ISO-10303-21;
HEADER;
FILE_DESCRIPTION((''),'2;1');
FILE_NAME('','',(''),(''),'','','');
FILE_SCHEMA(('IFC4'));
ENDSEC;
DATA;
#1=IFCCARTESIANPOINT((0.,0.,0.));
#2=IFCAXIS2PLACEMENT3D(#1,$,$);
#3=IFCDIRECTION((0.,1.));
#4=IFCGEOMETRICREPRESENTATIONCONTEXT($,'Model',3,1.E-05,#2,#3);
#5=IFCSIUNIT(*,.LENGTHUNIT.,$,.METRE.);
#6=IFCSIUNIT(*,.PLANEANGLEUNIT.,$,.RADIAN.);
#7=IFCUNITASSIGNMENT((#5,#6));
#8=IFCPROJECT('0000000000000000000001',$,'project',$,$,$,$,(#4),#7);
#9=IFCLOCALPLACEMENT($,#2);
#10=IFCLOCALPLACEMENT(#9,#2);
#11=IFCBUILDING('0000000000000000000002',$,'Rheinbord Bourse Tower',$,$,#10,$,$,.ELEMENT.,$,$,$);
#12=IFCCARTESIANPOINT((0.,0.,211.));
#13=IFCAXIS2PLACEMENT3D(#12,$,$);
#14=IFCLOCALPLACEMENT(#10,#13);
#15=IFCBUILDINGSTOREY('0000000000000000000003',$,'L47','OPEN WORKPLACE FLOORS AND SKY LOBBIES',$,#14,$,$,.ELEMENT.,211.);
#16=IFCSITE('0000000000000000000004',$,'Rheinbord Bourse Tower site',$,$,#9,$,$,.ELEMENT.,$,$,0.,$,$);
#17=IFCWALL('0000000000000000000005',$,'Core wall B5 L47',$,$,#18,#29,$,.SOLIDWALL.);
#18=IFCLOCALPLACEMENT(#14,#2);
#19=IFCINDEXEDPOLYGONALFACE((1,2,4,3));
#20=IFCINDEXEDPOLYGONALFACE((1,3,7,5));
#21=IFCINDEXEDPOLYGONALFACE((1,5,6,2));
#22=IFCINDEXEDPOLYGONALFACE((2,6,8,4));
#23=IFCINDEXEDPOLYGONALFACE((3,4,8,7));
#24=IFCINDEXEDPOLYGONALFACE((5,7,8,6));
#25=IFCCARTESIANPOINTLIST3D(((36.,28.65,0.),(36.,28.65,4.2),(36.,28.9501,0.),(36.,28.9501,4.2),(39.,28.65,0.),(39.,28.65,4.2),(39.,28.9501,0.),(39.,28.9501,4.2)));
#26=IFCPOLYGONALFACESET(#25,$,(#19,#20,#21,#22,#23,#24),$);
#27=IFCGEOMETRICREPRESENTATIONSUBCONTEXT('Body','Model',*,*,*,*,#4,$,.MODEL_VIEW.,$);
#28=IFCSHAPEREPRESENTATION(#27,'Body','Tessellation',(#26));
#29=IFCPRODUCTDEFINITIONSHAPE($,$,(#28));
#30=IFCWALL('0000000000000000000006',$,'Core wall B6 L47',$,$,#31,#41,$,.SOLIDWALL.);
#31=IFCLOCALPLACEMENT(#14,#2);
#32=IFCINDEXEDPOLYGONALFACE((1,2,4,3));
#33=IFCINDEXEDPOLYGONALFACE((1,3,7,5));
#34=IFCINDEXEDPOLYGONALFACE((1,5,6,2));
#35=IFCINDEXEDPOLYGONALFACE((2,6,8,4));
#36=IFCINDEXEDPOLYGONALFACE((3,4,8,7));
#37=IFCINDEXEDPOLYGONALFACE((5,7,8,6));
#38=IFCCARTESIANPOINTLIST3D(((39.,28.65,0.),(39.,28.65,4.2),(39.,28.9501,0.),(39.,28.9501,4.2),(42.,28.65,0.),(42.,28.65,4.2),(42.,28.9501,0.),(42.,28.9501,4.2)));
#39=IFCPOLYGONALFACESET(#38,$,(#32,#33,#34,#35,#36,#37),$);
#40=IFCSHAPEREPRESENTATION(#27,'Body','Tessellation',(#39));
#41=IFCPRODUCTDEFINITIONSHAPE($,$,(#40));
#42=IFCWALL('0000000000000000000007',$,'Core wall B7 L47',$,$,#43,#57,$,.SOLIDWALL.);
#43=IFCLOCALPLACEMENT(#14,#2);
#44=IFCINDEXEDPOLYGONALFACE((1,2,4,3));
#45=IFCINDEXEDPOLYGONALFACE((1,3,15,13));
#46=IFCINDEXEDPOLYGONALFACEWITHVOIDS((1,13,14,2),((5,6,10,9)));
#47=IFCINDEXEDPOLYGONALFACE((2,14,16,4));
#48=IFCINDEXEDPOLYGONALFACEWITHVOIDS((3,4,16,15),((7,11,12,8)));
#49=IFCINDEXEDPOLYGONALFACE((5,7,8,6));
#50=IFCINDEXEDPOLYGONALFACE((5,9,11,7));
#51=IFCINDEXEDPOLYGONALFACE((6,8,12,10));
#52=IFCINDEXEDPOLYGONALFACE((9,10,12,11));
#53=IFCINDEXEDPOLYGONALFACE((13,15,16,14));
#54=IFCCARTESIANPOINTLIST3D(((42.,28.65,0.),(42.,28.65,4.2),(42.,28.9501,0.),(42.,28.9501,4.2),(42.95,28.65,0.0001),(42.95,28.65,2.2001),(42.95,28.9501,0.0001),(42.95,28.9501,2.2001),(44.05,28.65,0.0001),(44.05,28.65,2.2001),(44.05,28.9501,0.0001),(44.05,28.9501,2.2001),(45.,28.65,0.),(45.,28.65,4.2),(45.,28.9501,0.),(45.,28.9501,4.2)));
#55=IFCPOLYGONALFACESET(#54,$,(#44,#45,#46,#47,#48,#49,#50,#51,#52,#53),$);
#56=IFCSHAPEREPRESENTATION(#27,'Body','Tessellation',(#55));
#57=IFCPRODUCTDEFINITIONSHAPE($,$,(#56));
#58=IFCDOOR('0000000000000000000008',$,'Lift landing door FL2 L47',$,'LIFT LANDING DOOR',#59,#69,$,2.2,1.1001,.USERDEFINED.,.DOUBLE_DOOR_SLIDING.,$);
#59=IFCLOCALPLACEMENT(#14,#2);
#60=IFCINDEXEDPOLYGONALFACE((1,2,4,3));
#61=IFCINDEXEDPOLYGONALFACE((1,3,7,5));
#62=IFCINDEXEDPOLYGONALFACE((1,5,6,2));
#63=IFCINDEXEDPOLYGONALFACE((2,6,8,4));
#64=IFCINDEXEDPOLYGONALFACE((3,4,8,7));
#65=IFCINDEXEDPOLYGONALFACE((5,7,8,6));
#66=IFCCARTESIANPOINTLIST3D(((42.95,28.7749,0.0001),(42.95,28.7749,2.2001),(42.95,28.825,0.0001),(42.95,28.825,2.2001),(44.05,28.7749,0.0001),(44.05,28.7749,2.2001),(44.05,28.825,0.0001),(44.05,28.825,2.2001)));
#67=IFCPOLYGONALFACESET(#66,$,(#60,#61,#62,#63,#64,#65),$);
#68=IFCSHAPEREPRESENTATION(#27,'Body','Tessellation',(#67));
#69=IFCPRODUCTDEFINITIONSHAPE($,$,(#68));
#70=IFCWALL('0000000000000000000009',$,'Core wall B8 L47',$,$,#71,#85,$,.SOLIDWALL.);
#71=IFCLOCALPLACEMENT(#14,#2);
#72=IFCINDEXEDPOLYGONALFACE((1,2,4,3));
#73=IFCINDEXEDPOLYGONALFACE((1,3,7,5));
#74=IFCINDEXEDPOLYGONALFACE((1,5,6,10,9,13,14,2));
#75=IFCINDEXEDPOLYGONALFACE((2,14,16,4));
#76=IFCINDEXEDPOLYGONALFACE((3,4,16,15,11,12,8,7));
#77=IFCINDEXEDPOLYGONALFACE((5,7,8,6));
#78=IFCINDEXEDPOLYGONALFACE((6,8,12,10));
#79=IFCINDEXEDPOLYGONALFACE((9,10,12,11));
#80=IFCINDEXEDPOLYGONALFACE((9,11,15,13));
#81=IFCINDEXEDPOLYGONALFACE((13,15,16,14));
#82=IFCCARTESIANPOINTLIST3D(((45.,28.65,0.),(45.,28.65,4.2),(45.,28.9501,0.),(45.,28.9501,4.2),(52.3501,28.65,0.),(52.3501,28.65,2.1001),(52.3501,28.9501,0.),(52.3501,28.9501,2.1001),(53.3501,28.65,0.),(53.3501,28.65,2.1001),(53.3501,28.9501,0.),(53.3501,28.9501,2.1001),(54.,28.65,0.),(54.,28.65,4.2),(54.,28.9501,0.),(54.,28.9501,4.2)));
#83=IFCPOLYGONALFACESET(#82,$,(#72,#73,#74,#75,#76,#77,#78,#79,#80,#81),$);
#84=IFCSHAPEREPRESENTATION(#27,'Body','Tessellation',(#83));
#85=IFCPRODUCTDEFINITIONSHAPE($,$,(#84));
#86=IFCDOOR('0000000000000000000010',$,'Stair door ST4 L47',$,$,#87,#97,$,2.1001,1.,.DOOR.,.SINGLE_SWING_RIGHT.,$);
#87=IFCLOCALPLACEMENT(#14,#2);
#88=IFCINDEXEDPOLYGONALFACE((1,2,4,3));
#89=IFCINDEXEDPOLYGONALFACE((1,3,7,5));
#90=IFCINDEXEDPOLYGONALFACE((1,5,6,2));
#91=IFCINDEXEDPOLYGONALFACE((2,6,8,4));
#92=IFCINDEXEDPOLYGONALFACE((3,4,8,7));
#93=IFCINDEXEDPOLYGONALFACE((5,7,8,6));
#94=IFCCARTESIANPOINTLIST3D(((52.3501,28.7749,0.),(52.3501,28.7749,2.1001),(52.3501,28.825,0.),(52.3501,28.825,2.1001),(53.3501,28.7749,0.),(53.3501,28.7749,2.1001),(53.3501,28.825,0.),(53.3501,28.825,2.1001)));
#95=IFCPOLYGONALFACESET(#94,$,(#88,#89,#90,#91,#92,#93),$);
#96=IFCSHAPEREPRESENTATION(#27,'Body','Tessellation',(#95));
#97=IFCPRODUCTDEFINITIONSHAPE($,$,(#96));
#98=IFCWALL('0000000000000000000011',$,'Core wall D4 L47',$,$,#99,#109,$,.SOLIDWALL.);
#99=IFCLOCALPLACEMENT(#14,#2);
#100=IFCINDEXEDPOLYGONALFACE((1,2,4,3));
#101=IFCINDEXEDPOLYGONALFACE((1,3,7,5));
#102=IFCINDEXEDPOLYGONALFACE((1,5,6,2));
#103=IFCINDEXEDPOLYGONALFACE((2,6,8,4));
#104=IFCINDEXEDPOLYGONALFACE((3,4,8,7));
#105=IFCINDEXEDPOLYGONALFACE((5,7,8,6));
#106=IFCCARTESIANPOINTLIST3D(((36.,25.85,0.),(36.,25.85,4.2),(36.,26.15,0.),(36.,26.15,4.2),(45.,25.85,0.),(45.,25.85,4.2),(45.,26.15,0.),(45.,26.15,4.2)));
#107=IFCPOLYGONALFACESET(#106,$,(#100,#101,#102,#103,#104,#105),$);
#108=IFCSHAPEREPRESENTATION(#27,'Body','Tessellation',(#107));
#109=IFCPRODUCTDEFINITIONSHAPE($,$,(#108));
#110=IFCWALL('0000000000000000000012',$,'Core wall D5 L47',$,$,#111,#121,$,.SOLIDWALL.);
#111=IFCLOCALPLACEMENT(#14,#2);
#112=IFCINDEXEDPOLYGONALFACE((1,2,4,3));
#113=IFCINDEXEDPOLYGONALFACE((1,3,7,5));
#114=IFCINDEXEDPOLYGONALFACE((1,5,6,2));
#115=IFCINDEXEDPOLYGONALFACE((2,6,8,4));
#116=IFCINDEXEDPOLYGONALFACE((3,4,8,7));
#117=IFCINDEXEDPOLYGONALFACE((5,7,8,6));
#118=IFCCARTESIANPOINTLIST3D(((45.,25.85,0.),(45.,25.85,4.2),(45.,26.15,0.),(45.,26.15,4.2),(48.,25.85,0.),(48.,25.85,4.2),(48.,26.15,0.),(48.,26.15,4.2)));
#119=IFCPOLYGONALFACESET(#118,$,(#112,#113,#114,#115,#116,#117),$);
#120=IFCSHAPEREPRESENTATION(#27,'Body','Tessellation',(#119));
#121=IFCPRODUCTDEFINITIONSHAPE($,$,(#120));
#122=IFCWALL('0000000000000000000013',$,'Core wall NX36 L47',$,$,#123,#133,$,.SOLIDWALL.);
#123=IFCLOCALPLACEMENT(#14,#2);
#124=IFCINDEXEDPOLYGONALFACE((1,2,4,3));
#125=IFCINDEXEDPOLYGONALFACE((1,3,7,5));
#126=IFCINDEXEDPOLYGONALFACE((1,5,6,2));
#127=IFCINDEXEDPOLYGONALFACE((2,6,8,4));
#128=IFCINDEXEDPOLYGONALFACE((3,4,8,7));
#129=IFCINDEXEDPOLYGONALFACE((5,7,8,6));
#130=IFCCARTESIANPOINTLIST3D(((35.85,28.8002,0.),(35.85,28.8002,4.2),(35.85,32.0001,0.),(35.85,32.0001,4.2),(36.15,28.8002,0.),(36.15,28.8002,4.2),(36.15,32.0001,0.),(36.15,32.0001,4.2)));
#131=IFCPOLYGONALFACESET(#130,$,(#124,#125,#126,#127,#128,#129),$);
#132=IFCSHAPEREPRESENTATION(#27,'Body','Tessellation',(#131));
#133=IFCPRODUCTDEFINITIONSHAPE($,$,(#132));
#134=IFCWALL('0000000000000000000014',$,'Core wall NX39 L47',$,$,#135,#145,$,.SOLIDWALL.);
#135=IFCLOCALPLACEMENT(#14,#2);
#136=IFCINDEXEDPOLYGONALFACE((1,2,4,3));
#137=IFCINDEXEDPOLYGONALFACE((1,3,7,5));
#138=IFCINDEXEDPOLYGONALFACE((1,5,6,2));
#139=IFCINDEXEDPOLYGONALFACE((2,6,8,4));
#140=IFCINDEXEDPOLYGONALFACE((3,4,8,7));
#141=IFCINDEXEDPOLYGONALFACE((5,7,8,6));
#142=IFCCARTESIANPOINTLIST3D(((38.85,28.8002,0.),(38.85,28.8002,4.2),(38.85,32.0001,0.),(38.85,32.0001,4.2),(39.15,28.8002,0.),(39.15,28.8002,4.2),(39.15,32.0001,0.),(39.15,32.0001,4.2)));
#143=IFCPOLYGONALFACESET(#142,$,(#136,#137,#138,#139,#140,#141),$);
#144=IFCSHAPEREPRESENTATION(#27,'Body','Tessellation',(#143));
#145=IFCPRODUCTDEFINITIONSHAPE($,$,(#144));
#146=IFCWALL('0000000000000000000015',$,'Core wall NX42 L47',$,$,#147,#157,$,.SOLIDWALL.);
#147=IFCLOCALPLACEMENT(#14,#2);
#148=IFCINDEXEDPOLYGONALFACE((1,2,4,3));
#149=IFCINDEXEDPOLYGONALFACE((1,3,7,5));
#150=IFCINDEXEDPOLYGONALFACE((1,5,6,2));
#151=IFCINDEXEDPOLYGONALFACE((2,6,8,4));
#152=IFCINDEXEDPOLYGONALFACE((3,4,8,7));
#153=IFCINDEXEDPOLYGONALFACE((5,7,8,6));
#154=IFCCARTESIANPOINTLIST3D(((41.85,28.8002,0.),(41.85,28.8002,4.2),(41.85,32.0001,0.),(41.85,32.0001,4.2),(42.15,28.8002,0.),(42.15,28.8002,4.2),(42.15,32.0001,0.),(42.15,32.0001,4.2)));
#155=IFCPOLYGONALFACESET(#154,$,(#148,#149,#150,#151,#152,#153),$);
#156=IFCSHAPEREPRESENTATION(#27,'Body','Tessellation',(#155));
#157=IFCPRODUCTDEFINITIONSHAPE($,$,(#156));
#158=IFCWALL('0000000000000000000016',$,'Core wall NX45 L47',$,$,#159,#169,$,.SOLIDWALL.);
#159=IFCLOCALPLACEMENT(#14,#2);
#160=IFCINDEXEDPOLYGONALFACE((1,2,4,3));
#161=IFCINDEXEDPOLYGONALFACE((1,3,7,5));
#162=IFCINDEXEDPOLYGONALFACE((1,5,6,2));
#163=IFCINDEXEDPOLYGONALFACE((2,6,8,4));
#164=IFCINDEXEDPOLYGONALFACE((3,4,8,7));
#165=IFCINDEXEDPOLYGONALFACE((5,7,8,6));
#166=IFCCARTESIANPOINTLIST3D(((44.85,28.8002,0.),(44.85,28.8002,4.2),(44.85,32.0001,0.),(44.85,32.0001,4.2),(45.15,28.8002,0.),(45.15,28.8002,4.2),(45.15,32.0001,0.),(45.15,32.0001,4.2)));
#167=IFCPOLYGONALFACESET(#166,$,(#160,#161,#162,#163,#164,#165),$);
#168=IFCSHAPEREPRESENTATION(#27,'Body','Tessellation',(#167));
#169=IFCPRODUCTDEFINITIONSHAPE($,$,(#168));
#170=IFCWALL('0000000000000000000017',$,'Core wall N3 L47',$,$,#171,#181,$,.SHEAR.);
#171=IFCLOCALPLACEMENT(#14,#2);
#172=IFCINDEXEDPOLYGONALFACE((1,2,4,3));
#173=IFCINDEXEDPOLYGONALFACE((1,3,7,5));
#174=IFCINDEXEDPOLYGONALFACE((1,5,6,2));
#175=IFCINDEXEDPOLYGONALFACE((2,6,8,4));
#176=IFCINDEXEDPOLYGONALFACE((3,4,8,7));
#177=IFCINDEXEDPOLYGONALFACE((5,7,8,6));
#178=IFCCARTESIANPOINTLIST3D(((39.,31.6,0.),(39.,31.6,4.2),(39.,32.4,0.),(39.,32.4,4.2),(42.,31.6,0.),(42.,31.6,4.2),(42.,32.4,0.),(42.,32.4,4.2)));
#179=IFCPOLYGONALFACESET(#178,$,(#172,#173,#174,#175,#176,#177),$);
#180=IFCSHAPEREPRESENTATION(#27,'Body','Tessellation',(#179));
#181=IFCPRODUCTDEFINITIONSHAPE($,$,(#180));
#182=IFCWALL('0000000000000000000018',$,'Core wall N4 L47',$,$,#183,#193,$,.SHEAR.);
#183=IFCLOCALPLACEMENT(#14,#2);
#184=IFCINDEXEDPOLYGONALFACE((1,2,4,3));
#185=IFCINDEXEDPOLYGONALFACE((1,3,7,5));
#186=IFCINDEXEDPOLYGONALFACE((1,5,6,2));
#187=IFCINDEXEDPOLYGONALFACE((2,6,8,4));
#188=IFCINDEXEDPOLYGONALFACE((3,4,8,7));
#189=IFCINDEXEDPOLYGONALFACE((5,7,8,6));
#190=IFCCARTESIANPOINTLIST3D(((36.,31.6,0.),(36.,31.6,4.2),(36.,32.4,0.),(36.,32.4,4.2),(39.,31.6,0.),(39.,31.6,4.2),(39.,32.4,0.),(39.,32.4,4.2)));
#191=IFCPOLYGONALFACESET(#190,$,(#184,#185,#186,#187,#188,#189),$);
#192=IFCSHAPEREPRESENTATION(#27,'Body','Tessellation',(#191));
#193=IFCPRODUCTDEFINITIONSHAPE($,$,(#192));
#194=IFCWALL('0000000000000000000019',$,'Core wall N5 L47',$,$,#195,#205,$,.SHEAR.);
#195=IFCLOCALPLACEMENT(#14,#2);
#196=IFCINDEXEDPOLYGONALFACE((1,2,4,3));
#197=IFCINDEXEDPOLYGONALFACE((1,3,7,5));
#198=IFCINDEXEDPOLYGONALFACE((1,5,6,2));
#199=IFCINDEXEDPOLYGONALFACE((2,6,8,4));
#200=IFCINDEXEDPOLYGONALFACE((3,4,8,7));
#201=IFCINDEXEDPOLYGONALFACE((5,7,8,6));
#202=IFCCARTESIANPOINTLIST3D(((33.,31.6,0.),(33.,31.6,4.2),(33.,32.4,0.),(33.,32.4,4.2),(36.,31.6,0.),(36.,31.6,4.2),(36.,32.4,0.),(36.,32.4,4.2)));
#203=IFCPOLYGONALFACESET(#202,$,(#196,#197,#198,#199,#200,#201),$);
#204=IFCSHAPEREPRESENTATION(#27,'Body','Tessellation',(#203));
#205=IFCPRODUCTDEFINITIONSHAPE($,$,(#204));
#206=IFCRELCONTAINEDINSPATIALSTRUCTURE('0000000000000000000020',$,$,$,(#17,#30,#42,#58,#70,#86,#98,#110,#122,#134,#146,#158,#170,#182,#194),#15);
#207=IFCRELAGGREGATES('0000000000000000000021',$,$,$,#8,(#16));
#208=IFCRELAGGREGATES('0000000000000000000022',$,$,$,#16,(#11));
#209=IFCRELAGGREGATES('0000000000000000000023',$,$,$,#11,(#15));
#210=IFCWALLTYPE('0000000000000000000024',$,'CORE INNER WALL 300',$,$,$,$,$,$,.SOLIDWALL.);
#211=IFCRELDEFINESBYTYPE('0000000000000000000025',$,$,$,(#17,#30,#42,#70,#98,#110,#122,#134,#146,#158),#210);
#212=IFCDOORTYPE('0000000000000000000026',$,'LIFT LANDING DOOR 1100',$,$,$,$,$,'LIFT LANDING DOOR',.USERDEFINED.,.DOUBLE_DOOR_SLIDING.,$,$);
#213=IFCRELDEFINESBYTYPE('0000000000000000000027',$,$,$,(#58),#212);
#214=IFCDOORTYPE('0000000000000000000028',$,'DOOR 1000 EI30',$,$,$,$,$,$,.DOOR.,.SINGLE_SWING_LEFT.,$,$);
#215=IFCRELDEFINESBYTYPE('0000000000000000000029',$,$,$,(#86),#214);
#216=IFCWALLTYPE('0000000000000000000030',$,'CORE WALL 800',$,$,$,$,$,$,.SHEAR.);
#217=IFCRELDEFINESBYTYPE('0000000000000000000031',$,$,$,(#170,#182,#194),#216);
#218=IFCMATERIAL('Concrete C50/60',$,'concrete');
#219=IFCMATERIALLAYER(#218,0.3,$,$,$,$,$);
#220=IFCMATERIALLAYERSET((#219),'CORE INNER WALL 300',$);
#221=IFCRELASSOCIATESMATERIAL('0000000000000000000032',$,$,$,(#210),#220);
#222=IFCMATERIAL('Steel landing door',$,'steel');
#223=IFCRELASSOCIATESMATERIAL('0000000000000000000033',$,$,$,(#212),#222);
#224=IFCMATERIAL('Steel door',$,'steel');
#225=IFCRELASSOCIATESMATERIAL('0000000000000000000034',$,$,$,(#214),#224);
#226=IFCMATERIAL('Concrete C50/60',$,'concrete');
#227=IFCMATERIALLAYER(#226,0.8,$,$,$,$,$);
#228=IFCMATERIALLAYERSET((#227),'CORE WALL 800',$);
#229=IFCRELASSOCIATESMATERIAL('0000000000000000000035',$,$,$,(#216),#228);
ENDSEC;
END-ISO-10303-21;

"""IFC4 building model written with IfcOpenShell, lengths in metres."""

from ifc_helpers import new_model, si_unit, direction, frame, frame_2d, origin, place, context, subcontext, project, spatial, rectangle, extrude, material, layer, layer_set, type_object, element, fill, save


model = new_model("IFC4")

# Units and contexts
model_context = context("Model", 3, precision=1e-05, world=origin(), true_north=direction((0.0, 1.0)))
body_context = subcontext(model_context, "Body", "Model", "MODEL_VIEW")
ifc_project = project(units=[si_unit("LENGTHUNIT", "METRE"), si_unit("PLANEANGLEUNIT", "RADIAN")], contexts=[model_context])

# Site, building, storey
site_placement = place(None, origin())
site = spatial("IfcSite", under=ifc_project, at=site_placement, Name="Rheinbord Bourse Tower site", CompositionType="ELEMENT", RefElevation=0.0)
building_placement = place(site_placement, origin())
building = spatial("IfcBuilding", under=site, at=building_placement, Name="Rheinbord Bourse Tower", CompositionType="ELEMENT")
storey_placement = place(building_placement, frame((0.0, 0.0, 211.0)))
storey = spatial("IfcBuildingStorey", under=building, at=storey_placement, Name="L47", Description="OPEN WORKPLACE FLOORS AND SKY LOBBIES", CompositionType="ELEMENT", Elevation=211.0)

# Walls
ifc_material_1 = material(Name="Concrete C50/60", Category="concrete")
ifc_layer_1 = layer(ifc_material_1, 0.3)
ifc_layer_set_1 = layer_set([ifc_layer_1], Name="CORE INNER WALL 300")
wall_type_1 = type_object("IfcWallType", Name="CORE INNER WALL 300", PredefinedType="SOLIDWALL", material=ifc_layer_set_1)
for number, where, z_axis, x_axis, name in (
    (1, (36.0, 28.8, 0.0), (0.0, 0.0, 1.0), (1.0, 0.0, 0.0), "Core wall B5 L47"),
    (2, (39.0, 28.8, 0.0), (0.0, 0.0, 1.0), (1.0, 0.0, 0.0), "Core wall B6 L47"),
):
    element("IfcWall", number, at=place(storey_placement, frame(where, z_axis=z_axis, x_axis=x_axis)), inside=storey, type_object=wall_type_1, Name=name, PredefinedType="SOLIDWALL", context=body_context, shape_type="SweptSolid", body=[
        extrude(rectangle(XDim=3.0, YDim=0.3, at=frame_2d((1.5, 0.0))), origin(), (0.0, 0.0, 1.0), 4.2),
    ])

# Walls, openings, doors
wall_1_placement = place(storey_placement, frame((42.0, 28.8, 0.0), z_axis=(0.0, 0.0, 1.0), x_axis=(1.0, 0.0, 0.0)))
wall_1 = element("IfcWall", 3, at=wall_1_placement, inside=storey, type_object=wall_type_1, Name="Core wall B7 L47", PredefinedType="SOLIDWALL", context=body_context, shape_type="SweptSolid", body=[
    extrude(rectangle(XDim=3.0, YDim=0.3, at=frame_2d((1.5, 0.0))), origin(), (0.0, 0.0, 1.0), 4.2),
])
opening_1_placement = place(wall_1_placement, frame((0.95, 0.0, 0.0)))
opening_1 = element("IfcOpeningElement", 4, at=opening_1_placement, cuts=wall_1, PredefinedType="OPENING", context=body_context, shape_type="SweptSolid", body=[
    extrude(rectangle(XDim=1.1001, YDim=2.2, at=frame_2d((0.55, 1.1001))), frame((0.0, 0.1599, 0.0), z_axis=(0.0, -1.0, 0.0), x_axis=(1.0, 0.0, 0.0)), (0.0, 0.0, 1.0), 0.3201),
])
ifc_material_2 = material(Name="Steel landing door", Category="steel")
door_type_1 = type_object("IfcDoorType", Name="LIFT LANDING DOOR 1100", ElementType="LIFT LANDING DOOR", OperationType="DOUBLE_DOOR_SLIDING", PredefinedType="USERDEFINED", material=ifc_material_2)
door_1_placement = place(opening_1_placement, origin())
door_1 = element("IfcDoor", 5, at=door_1_placement, inside=storey, type_object=door_type_1, Name="Lift landing door FL2 L47", ObjectType="LIFT LANDING DOOR", OperationType="DOUBLE_DOOR_SLIDING", OverallHeight=2.2, OverallWidth=1.1001, PredefinedType="USERDEFINED", context=body_context, shape_type="SweptSolid", body=[
    extrude(rectangle(XDim=1.1001, YDim=2.2, at=frame_2d((0.55, 1.1001))), frame((0.0, 0.0249, 0.0), z_axis=(0.0, -1.0, 0.0), x_axis=(1.0, 0.0, 0.0)), (0.0, 0.0, 1.0), 0.05),
])
fill(opening_1, door_1)
wall_2_placement = place(storey_placement, frame((45.0, 28.8, 0.0), z_axis=(0.0, 0.0, 1.0), x_axis=(1.0, 0.0, 0.0)))
wall_2 = element("IfcWall", 6, at=wall_2_placement, inside=storey, type_object=wall_type_1, Name="Core wall B8 L47", PredefinedType="SOLIDWALL", context=body_context, shape_type="SweptSolid", body=[
    extrude(rectangle(XDim=9.0, YDim=0.3, at=frame_2d((4.5, 0.0))), origin(), (0.0, 0.0, 1.0), 4.2),
])
opening_2_placement = place(wall_2_placement, frame((7.3501, 0.0, 0.0)))
opening_2 = element("IfcOpeningElement", 7, at=opening_2_placement, cuts=wall_2, PredefinedType="OPENING", context=body_context, shape_type="SweptSolid", body=[
    extrude(rectangle(XDim=1.0, YDim=2.1001, at=frame_2d((0.5, 1.05))), frame((0.0, 0.1599, 0.0), z_axis=(0.0, -1.0, 0.0), x_axis=(1.0, 0.0, 0.0)), (0.0, 0.0, 1.0), 0.3201),
])
ifc_material_3 = material(Name="Steel door", Category="steel")
door_type_2 = type_object("IfcDoorType", Name="DOOR 1000 EI30", OperationType="SINGLE_SWING_LEFT", PredefinedType="DOOR", material=ifc_material_3)
door_2_placement = place(opening_2_placement, origin())
door_2 = element("IfcDoor", 8, at=door_2_placement, inside=storey, type_object=door_type_2, Name="Stair door ST4 L47", OperationType="SINGLE_SWING_RIGHT", OverallHeight=2.1001, OverallWidth=1.0, PredefinedType="DOOR", context=body_context, shape_type="SweptSolid", body=[
    extrude(rectangle(XDim=1.0, YDim=2.1001, at=frame_2d((0.5, 1.05))), frame((0.0, 0.0249, 0.0), z_axis=(0.0, -1.0, 0.0), x_axis=(1.0, 0.0, 0.0)), (0.0, 0.0, 1.0), 0.05),
])
fill(opening_2, door_2)

# Walls
wall_3_placement = place(storey_placement, frame((36.0, 26.0, 0.0), z_axis=(0.0, 0.0, 1.0), x_axis=(1.0, 0.0, 0.0)))
element("IfcWall", 9, at=wall_3_placement, inside=storey, type_object=wall_type_1, Name="Core wall D4 L47", PredefinedType="SOLIDWALL", context=body_context, shape_type="SweptSolid", body=[
    extrude(rectangle(XDim=9.0, YDim=0.3, at=frame_2d((4.5, 0.0))), origin(), (0.0, 0.0, 1.0), 4.2),
])
wall_4_placement = place(storey_placement, frame((45.0, 26.0, 0.0), z_axis=(0.0, 0.0, 1.0), x_axis=(1.0, 0.0, 0.0)))
element("IfcWall", 10, at=wall_4_placement, inside=storey, type_object=wall_type_1, Name="Core wall D5 L47", PredefinedType="SOLIDWALL", context=body_context, shape_type="SweptSolid", body=[
    extrude(rectangle(XDim=3.0, YDim=0.3, at=frame_2d((1.5, 0.0))), origin(), (0.0, 0.0, 1.0), 4.2),
])
for number, where, z_axis, x_axis, name in (
    (11, (36.0, 28.8, 0.0), (0.0, 0.0, 1.0), (0.0, 1.0, 0.0), "Core wall NX36 L47"),
    (12, (39.0, 28.8, 0.0), (0.0, 0.0, 1.0), (0.0, 1.0, 0.0), "Core wall NX39 L47"),
    (13, (42.0, 28.8, 0.0), (0.0, 0.0, 1.0), (0.0, 1.0, 0.0), "Core wall NX42 L47"),
    (14, (45.0, 28.8, 0.0), (0.0, 0.0, 1.0), (0.0, 1.0, 0.0), "Core wall NX45 L47"),
):
    element("IfcWall", number, at=place(storey_placement, frame(where, z_axis=z_axis, x_axis=x_axis)), inside=storey, type_object=wall_type_1, Name=name, PredefinedType="SOLIDWALL", context=body_context, shape_type="SweptSolid", body=[
        extrude(rectangle(XDim=3.2, YDim=0.3, at=frame_2d((1.6001, 0.0))), origin(), (0.0, 0.0, 1.0), 4.2),
    ])
ifc_material_4 = material(Name="Concrete C50/60", Category="concrete")
ifc_layer_2 = layer(ifc_material_4, 0.8)
ifc_layer_set_2 = layer_set([ifc_layer_2], Name="CORE WALL 800")
wall_type_2 = type_object("IfcWallType", Name="CORE WALL 800", PredefinedType="SHEAR", material=ifc_layer_set_2)
for number, where, z_axis, x_axis, name in (
    (15, (42.0, 32.0, 0.0), (0.0, 0.0, 1.0), (-1.0, 0.0, 0.0), "Core wall N3 L47"),
    (16, (39.0, 32.0, 0.0), (0.0, 0.0, 1.0), (-1.0, 0.0, 0.0), "Core wall N4 L47"),
    (17, (36.0, 32.0, 0.0), (0.0, 0.0, 1.0), (-1.0, 0.0, 0.0), "Core wall N5 L47"),
):
    element("IfcWall", number, at=place(storey_placement, frame(where, z_axis=z_axis, x_axis=x_axis)), inside=storey, type_object=wall_type_2, Name=name, PredefinedType="SHEAR", context=body_context, shape_type="SweptSolid", body=[
        extrude(rectangle(XDim=3.0, YDim=0.8, at=frame_2d((1.5, 0.0))), origin(), (0.0, 0.0, 1.0), 4.2),
    ])

save(model, "model.ifc")
